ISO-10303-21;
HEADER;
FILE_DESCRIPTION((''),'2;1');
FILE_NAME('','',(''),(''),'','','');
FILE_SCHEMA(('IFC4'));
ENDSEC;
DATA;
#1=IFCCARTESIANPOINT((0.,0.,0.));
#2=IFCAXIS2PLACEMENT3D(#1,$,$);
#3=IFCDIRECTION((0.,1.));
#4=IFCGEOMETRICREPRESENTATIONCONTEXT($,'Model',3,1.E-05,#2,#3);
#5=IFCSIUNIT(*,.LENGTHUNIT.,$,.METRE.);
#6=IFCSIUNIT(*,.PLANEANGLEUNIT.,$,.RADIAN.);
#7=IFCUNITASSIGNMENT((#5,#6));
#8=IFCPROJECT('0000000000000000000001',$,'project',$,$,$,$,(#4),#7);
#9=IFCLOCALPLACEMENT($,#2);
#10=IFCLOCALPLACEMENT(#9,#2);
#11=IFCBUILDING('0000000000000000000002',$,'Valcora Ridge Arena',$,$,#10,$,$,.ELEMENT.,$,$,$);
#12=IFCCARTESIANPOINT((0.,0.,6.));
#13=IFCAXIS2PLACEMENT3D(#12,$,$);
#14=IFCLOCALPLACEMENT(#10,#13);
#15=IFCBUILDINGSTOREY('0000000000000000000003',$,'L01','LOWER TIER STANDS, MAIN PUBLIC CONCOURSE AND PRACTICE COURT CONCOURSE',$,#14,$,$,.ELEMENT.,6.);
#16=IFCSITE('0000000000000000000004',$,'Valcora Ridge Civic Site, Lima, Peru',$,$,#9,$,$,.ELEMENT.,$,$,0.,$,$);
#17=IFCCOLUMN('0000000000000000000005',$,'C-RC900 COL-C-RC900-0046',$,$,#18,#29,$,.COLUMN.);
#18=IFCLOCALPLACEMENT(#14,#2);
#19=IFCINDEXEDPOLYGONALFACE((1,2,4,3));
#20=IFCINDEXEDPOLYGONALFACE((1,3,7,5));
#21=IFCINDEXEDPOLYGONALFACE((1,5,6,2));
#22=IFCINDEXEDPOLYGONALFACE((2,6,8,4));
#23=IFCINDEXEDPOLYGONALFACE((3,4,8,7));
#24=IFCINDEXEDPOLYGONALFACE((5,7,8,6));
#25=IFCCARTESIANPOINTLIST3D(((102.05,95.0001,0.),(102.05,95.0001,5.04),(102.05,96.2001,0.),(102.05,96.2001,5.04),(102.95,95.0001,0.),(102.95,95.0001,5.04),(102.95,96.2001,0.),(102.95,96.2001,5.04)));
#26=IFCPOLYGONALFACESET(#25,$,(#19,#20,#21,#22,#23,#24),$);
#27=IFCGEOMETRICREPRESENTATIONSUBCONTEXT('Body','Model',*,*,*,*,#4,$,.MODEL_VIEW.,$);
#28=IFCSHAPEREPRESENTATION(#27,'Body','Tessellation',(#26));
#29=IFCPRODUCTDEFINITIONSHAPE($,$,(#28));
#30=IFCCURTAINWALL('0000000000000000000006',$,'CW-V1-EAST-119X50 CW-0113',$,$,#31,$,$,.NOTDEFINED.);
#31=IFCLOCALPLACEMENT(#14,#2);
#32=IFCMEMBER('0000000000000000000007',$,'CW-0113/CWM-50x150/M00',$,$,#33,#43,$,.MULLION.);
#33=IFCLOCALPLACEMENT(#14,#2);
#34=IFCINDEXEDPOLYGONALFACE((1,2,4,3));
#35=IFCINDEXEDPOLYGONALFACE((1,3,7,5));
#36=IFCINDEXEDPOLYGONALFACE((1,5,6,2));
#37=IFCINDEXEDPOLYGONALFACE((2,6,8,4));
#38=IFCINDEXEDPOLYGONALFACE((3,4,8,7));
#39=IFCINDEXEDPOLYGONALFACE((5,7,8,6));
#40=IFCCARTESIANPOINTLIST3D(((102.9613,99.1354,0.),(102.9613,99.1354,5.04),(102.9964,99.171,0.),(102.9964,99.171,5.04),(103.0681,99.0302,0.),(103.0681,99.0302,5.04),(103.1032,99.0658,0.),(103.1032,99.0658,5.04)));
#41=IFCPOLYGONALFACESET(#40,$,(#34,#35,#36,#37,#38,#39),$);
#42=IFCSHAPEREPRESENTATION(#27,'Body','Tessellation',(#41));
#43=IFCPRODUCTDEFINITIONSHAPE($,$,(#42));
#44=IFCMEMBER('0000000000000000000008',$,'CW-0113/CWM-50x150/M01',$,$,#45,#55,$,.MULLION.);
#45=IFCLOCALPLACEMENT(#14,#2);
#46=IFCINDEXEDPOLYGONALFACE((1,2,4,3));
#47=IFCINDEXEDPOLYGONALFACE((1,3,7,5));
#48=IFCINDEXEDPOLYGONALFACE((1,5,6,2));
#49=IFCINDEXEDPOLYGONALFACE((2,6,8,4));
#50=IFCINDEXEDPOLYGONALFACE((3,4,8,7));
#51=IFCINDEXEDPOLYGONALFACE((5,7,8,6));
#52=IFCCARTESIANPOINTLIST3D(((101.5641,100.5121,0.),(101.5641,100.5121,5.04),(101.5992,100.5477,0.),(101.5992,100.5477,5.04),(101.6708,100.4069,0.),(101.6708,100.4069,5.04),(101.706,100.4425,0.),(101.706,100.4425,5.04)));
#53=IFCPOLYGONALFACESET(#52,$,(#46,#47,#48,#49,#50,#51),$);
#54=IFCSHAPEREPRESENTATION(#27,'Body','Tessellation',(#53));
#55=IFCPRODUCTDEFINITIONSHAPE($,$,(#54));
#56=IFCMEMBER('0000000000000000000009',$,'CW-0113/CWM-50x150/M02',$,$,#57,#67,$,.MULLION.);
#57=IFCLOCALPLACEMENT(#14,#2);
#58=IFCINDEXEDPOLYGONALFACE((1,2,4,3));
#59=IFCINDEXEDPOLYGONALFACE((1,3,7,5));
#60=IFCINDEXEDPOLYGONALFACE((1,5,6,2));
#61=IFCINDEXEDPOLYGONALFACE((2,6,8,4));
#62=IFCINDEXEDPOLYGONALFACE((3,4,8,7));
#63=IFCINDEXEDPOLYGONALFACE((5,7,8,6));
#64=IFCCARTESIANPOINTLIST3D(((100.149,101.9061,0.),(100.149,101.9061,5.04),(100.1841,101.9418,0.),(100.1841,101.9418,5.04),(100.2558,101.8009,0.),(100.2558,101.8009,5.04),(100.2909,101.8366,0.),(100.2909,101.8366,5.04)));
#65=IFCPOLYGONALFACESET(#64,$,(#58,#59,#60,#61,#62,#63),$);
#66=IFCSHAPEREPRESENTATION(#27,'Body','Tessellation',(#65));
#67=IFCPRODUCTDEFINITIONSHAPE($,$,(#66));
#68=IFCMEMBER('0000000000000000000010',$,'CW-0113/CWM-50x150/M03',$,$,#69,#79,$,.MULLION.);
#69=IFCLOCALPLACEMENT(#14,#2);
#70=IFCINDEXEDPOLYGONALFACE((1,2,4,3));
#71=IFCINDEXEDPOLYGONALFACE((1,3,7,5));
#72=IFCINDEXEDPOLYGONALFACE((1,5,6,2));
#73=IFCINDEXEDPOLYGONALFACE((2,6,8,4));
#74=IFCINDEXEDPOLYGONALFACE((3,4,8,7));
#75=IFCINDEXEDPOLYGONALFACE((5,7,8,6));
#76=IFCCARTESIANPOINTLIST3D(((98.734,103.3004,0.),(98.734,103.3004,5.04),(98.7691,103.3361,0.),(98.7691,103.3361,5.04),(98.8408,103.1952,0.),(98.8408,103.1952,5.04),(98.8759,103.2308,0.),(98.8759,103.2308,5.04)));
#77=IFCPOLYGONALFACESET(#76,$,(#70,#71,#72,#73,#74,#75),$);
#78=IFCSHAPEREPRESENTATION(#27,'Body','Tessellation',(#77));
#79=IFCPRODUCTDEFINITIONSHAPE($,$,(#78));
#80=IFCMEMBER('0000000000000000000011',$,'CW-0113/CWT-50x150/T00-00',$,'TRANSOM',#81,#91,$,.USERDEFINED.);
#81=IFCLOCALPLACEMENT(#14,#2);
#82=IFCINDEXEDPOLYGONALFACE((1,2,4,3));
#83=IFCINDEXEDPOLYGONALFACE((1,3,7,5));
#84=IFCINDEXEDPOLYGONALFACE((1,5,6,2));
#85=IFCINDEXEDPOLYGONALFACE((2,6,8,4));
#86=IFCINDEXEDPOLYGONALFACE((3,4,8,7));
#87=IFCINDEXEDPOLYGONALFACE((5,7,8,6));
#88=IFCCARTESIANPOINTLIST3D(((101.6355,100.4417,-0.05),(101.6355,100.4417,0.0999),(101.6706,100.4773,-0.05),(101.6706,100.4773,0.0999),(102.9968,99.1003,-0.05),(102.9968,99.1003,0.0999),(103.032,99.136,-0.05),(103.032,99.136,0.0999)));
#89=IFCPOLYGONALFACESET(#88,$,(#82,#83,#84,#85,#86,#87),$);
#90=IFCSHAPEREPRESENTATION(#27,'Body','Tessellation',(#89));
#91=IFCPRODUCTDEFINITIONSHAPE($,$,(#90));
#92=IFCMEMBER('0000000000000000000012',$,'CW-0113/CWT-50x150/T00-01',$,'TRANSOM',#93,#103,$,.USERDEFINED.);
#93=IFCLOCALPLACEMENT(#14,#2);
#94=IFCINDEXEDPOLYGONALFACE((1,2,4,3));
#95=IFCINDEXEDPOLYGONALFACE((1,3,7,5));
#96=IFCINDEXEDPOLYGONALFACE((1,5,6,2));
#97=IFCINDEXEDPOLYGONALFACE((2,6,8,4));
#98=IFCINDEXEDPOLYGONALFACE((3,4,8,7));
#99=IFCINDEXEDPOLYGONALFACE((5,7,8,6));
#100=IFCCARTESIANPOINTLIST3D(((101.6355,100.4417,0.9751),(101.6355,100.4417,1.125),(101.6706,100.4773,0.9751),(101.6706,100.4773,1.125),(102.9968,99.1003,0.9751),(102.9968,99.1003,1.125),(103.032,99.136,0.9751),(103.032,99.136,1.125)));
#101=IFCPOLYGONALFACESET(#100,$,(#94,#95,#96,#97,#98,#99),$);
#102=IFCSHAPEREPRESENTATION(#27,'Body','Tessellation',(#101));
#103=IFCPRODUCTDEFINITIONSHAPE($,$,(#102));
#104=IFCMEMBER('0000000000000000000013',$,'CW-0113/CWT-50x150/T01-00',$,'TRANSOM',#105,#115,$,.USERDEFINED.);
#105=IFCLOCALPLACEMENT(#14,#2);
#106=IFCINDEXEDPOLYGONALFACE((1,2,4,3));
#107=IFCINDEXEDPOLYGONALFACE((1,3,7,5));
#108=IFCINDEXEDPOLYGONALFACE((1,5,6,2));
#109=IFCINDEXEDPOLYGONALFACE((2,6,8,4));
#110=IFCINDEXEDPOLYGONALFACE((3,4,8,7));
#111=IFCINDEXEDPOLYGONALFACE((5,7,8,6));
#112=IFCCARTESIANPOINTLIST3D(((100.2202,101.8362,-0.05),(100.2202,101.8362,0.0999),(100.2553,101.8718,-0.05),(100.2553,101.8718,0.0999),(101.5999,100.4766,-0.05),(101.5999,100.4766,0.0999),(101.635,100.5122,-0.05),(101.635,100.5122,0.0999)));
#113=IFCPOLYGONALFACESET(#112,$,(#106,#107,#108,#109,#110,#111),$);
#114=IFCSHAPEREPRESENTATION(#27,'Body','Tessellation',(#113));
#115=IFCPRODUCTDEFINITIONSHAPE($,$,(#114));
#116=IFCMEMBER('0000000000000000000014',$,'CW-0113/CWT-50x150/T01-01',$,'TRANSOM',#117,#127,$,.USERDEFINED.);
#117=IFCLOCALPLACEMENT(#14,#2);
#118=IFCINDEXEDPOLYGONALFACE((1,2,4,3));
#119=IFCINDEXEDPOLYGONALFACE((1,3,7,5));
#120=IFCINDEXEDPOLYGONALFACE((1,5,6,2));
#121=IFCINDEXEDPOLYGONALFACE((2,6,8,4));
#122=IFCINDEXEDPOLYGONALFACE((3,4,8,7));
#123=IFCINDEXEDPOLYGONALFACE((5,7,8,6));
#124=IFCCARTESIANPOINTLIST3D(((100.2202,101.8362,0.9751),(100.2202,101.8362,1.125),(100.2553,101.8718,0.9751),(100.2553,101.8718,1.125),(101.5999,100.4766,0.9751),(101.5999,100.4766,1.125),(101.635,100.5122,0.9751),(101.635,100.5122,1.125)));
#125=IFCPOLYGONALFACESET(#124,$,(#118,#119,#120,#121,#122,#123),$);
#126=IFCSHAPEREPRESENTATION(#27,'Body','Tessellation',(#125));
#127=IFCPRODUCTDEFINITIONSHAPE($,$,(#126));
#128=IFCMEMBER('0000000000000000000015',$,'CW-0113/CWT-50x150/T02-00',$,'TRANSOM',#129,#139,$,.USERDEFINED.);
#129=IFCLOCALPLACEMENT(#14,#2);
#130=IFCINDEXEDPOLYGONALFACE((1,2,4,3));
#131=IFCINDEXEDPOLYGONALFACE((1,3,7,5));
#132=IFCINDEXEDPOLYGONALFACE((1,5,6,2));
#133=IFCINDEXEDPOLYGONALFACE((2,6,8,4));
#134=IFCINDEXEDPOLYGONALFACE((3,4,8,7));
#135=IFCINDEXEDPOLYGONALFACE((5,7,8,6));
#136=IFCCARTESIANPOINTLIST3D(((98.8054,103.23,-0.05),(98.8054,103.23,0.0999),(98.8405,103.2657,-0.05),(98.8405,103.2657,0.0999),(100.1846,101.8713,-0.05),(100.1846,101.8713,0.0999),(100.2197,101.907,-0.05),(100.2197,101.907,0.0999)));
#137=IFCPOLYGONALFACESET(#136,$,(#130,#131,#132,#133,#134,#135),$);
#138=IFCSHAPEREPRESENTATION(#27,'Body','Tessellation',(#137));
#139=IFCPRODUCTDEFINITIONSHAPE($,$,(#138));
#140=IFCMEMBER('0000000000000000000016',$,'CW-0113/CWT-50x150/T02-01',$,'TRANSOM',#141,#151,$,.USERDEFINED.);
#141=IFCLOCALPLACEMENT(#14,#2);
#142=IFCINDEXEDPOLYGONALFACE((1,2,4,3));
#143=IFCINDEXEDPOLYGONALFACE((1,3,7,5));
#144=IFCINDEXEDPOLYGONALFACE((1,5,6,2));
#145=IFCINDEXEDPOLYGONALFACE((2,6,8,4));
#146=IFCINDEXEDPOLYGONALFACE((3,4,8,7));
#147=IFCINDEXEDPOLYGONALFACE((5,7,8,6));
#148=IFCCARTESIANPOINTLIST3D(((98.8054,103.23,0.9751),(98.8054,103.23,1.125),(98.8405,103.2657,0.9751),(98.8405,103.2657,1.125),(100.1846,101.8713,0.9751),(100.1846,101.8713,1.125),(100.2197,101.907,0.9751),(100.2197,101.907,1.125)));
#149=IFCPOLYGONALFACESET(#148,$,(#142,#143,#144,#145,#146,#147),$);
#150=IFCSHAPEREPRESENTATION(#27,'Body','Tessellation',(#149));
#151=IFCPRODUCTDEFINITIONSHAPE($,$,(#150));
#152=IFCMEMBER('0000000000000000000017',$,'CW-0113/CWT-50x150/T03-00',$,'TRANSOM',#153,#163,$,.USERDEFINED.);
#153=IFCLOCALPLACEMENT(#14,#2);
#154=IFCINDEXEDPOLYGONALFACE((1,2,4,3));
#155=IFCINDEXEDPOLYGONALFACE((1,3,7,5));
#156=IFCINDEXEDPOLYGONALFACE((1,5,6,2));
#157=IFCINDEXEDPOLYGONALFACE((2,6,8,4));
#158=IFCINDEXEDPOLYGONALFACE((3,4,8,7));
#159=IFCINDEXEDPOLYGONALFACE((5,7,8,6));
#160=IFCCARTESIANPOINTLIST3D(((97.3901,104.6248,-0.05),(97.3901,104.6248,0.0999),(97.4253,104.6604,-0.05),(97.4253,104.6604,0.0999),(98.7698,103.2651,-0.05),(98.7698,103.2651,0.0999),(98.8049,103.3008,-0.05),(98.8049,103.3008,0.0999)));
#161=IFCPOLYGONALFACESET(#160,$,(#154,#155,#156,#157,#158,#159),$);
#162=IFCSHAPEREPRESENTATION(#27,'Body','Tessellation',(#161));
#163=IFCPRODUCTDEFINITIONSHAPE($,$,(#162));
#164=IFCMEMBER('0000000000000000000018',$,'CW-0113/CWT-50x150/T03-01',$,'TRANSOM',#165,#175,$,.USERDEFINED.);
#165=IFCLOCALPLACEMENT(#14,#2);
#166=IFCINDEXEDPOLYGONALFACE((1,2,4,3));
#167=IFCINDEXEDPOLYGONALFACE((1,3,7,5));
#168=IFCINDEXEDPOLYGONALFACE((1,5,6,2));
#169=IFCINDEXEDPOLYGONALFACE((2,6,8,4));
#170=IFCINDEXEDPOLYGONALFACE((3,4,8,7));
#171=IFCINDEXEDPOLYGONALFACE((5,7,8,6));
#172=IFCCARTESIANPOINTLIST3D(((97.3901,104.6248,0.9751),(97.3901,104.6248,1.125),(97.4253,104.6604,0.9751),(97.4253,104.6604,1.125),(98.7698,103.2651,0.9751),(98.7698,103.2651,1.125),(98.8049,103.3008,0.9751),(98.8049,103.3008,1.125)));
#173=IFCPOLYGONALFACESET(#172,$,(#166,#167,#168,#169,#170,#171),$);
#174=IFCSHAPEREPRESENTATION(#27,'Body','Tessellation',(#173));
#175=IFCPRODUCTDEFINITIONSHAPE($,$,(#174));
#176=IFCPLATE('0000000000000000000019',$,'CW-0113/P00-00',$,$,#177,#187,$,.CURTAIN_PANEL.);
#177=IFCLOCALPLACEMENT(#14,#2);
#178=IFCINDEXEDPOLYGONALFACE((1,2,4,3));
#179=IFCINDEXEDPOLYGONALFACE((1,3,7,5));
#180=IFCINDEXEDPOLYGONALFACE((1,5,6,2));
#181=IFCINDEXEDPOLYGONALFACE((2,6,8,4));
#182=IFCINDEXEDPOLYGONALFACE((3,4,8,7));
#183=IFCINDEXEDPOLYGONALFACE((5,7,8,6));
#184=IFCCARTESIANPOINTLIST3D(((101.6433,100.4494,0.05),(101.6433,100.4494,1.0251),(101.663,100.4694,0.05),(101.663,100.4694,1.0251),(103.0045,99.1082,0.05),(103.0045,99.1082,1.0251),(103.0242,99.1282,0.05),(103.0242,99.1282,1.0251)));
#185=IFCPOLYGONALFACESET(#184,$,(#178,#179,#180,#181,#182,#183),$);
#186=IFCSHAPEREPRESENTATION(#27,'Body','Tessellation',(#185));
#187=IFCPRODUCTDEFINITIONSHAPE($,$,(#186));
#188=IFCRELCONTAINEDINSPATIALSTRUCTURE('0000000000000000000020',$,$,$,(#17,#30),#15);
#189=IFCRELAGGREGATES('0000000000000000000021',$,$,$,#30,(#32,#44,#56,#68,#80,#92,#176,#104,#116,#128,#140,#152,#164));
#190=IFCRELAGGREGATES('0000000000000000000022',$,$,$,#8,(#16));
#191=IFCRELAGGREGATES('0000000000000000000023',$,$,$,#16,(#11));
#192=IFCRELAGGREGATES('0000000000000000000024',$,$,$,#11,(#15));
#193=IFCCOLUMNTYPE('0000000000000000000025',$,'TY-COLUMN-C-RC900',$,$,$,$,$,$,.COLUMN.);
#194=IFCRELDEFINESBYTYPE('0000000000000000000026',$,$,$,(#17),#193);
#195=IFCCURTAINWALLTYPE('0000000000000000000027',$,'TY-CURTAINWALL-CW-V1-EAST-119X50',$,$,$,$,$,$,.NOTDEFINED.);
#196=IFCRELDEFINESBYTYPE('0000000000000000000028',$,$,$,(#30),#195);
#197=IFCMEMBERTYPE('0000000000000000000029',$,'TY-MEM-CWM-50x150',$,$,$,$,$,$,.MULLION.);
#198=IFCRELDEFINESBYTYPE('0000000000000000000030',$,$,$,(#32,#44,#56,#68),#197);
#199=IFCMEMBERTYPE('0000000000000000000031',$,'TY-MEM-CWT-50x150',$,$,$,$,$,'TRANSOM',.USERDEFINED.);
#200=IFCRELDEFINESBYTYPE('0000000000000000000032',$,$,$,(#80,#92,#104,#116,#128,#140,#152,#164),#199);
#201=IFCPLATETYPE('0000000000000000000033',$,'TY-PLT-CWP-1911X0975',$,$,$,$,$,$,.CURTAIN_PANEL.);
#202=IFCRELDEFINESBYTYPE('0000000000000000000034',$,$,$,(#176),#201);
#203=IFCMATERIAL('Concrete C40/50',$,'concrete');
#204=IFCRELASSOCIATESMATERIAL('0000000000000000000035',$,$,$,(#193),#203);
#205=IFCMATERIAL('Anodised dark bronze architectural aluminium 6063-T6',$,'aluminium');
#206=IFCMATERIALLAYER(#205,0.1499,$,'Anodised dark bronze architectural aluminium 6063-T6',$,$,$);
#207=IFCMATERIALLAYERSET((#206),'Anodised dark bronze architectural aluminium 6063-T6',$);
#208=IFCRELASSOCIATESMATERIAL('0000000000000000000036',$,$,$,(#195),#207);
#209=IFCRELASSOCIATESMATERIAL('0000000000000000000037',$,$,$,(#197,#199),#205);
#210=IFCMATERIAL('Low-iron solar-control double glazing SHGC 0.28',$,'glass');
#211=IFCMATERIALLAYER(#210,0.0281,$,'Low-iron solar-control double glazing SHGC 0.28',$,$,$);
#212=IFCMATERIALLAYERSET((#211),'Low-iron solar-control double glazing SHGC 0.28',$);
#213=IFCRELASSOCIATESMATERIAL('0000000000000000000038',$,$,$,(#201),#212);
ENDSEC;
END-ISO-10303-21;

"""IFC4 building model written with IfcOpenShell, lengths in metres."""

from ifc_helpers import new_model, si_unit, direction, frame, origin, origin_2d, place, context, subcontext, project, spatial, rectangle, extrude, material, layer, layer_set, material_profile, profile_set, type_object, element, aggregate, save


model = new_model("IFC4")

# Units and contexts
model_context = context("Model", 3, precision=1e-05, world=origin(), true_north=direction((0.0, 1.0)))
body_context = subcontext(model_context, "Body", "Model", "MODEL_VIEW")
ifc_project = project(units=[si_unit("LENGTHUNIT", "METRE"), si_unit("PLANEANGLEUNIT", "RADIAN")], contexts=[model_context])

# Site, building, storey
site_placement = place(None, origin())
site = spatial("IfcSite", under=ifc_project, at=site_placement, Name="Valcora Ridge Civic Site, Lima, Peru", CompositionType="ELEMENT", RefElevation=0.0)
building_placement = place(site_placement, origin())
building = spatial("IfcBuilding", under=site, at=building_placement, Name="Valcora Ridge Arena", CompositionType="ELEMENT")
storey_placement = place(building_placement, frame((0.0, 0.0, 6.0)))
storey = spatial("IfcBuildingStorey", under=building, at=storey_placement, Name="L01", Description="LOWER TIER STANDS, MAIN PUBLIC CONCOURSE AND PRACTICE COURT CONCOURSE", CompositionType="ELEMENT", Elevation=6.0)

# Column
ifc_material_1 = material(Name="Concrete C40/50", Category="concrete")
ifc_material_profile_1 = material_profile(ifc_material_1, rectangle(XDim=0.8999, YDim=1.2, at=origin_2d()), Name="RC 900x1200")
ifc_profile_set_1 = profile_set([ifc_material_profile_1], Name="Concrete C40/50")
column_type = type_object("IfcColumnType", Name="TY-COLUMN-C-RC900", PredefinedType="COLUMN", material=ifc_profile_set_1)
column_placement = place(storey_placement, frame((102.5, 95.6001, 0.0), z_axis=(0.0, 0.0, 1.0), x_axis=(1.0, 0.0, 0.0)))
element("IfcColumn", 1, at=column_placement, inside=storey, type_object=column_type, Name="C-RC900 COL-C-RC900-0046", PredefinedType="COLUMN", context=body_context, shape_type="SweptSolid", body=[
    extrude(rectangle(XDim=0.8999, YDim=1.2, at=origin_2d()), origin(), (0.0, 0.0, 1.0), 5.04),
])

# Curtain wall, members, plate
ifc_material_2 = material(Name="Anodised dark bronze architectural aluminium 6063-T6", Category="aluminium")
ifc_layer_1 = layer(ifc_material_2, 0.1499, Name="Anodised dark bronze architectural aluminium 6063-T6")
ifc_layer_set_1 = layer_set([ifc_layer_1], Name="Anodised dark bronze architectural aluminium 6063-T6")
curtain_wall_type = type_object("IfcCurtainWallType", Name="TY-CURTAINWALL-CW-V1-EAST-119X50", PredefinedType="NOTDEFINED", material=ifc_layer_set_1)
curtain_wall_placement = place(storey_placement, origin())
curtain_wall = element("IfcCurtainWall", 2, at=curtain_wall_placement, inside=storey, type_object=curtain_wall_type, Name="CW-V1-EAST-119X50 CW-0113", PredefinedType="NOTDEFINED")
ifc_material_profile_2 = material_profile(ifc_material_2, rectangle(XDim=0.05, YDim=0.1499, at=origin_2d()), Name="ALU MULLION 50x150")
ifc_profile_set_2 = profile_set([ifc_material_profile_2], Name="Anodised dark bronze architectural aluminium 6063-T6")
member_type_1 = type_object("IfcMemberType", Name="TY-MEM-CWM-50x150", PredefinedType="MULLION", material=ifc_profile_set_2)
member_1_placement = place(storey_placement, frame((103.0322, 99.1006, 0.0), z_axis=(0.0, 0.0, 1.0), x_axis=(-0.701847, -0.712327, 0.0)))
member_1 = element("IfcMember", 3, at=member_1_placement, type_object=member_type_1, Name="CW-0113/CWM-50x150/M00", PredefinedType="MULLION", context=body_context, shape_type="SweptSolid", body=[
    extrude(rectangle(XDim=0.05, YDim=0.1499, at=origin_2d()), origin(), (0.0, 0.0, 1.0), 5.04),
])
member_2_placement = place(storey_placement, frame((101.635, 100.4773, 0.0), z_axis=(0.0, 0.0, 1.0), x_axis=(-0.701847, -0.712327, 0.0)))
member_2 = element("IfcMember", 4, at=member_2_placement, type_object=member_type_1, Name="CW-0113/CWM-50x150/M01", PredefinedType="MULLION", context=body_context, shape_type="SweptSolid", body=[
    extrude(rectangle(XDim=0.05, YDim=0.1499, at=origin_2d()), origin(), (0.0, 0.0, 1.0), 5.04),
])
member_3_placement = place(storey_placement, frame((100.22, 101.8713, 0.0), z_axis=(0.0, 0.0, 1.0), x_axis=(-0.701847, -0.712327, 0.0)))
member_3 = element("IfcMember", 5, at=member_3_placement, type_object=member_type_1, Name="CW-0113/CWM-50x150/M02", PredefinedType="MULLION", context=body_context, shape_type="SweptSolid", body=[
    extrude(rectangle(XDim=0.05, YDim=0.1499, at=origin_2d()), origin(), (0.0, 0.0, 1.0), 5.04),
])
member_4_placement = place(storey_placement, frame((98.8049, 103.2656, 0.0), z_axis=(0.0, 0.0, 1.0), x_axis=(-0.701847, -0.712327, 0.0)))
member_4 = element("IfcMember", 6, at=member_4_placement, type_object=member_type_1, Name="CW-0113/CWM-50x150/M03", PredefinedType="MULLION", context=body_context, shape_type="SweptSolid", body=[
    extrude(rectangle(XDim=0.05, YDim=0.1499, at=origin_2d()), origin(), (0.0, 0.0, 1.0), 5.04),
])
ifc_material_profile_3 = material_profile(ifc_material_2, rectangle(XDim=0.05, YDim=0.1499, at=origin_2d()), Name="ALU TRANSOM 50x150")
ifc_profile_set_3 = profile_set([ifc_material_profile_3], Name="Anodised dark bronze architectural aluminium 6063-T6")
member_type_2 = type_object("IfcMemberType", Name="TY-MEM-CWT-50x150", ElementType="TRANSOM", PredefinedType="USERDEFINED", material=ifc_profile_set_3)
member_5_placement = place(storey_placement, frame((103.0144, 99.1182, 0.0249), z_axis=(-0.712325, 0.70185, 0.0), x_axis=(-0.70185, -0.712325, 0.0)))
member_5 = element("IfcMember", 7, at=member_5_placement, type_object=member_type_2, Name="CW-0113/CWT-50x150/T00-00", ObjectType="TRANSOM", PredefinedType="USERDEFINED", context=body_context, shape_type="SweptSolid", body=[
    extrude(rectangle(XDim=0.05, YDim=0.1499, at=origin_2d()), origin(), (0.0, 0.0, 1.0), 1.9111),
])
member_6_placement = place(storey_placement, frame((103.0144, 99.1182, 1.05), z_axis=(-0.712325, 0.70185, 0.0), x_axis=(-0.70185, -0.712325, 0.0)))
member_6 = element("IfcMember", 8, at=member_6_placement, type_object=member_type_2, Name="CW-0113/CWT-50x150/T00-01", ObjectType="TRANSOM", PredefinedType="USERDEFINED", context=body_context, shape_type="SweptSolid", body=[
    extrude(rectangle(XDim=0.05, YDim=0.1499, at=origin_2d()), origin(), (0.0, 0.0, 1.0), 1.9111),
])
member_7_placement = place(storey_placement, frame((101.6174, 100.4944, 0.0249), z_axis=(-0.712256, 0.70192, 0.0), x_axis=(-0.70192, -0.712256, 0.0)))
member_7 = element("IfcMember", 9, at=member_7_placement, type_object=member_type_2, Name="CW-0113/CWT-50x150/T01-00", ObjectType="TRANSOM", PredefinedType="USERDEFINED", context=body_context, shape_type="SweptSolid", body=[
    extrude(rectangle(XDim=0.05, YDim=0.1499, at=origin_2d()), origin(), (0.0, 0.0, 1.0), 1.937),
])
member_8_placement = place(storey_placement, frame((101.6174, 100.4944, 1.05), z_axis=(-0.712256, 0.70192, 0.0), x_axis=(-0.70192, -0.712256, 0.0)))
member_8 = element("IfcMember", 10, at=member_8_placement, type_object=member_type_2, Name="CW-0113/CWT-50x150/T01-01", ObjectType="TRANSOM", PredefinedType="USERDEFINED", context=body_context, shape_type="SweptSolid", body=[
    extrude(rectangle(XDim=0.05, YDim=0.1499, at=origin_2d()), origin(), (0.0, 0.0, 1.0), 1.937),
])
member_9_placement = place(storey_placement, frame((100.2021, 101.8892, 0.0249), z_axis=(-0.712383, 0.70179, 0.0), x_axis=(-0.70179, -0.712383, 0.0)))
member_9 = element("IfcMember", 11, at=member_9_placement, type_object=member_type_2, Name="CW-0113/CWT-50x150/T02-00", ObjectType="TRANSOM", PredefinedType="USERDEFINED", context=body_context, shape_type="SweptSolid", body=[
    extrude(rectangle(XDim=0.05, YDim=0.1499, at=origin_2d()), origin(), (0.0, 0.0, 1.0), 1.936),
])
member_10_placement = place(storey_placement, frame((100.2021, 101.8892, 1.05), z_axis=(-0.712383, 0.70179, 0.0), x_axis=(-0.70179, -0.712383, 0.0)))
member_10 = element("IfcMember", 12, at=member_10_placement, type_object=member_type_2, Name="CW-0113/CWT-50x150/T02-01", ObjectType="TRANSOM", PredefinedType="USERDEFINED", context=body_context, shape_type="SweptSolid", body=[
    extrude(rectangle(XDim=0.05, YDim=0.1499, at=origin_2d()), origin(), (0.0, 0.0, 1.0), 1.936),
])
member_11_placement = place(storey_placement, frame((98.7874, 103.283, 0.0249), z_axis=(-0.712256, 0.70192, 0.0), x_axis=(-0.70192, -0.712256, 0.0)))
member_11 = element("IfcMember", 13, at=member_11_placement, type_object=member_type_2, Name="CW-0113/CWT-50x150/T03-00", ObjectType="TRANSOM", PredefinedType="USERDEFINED", context=body_context, shape_type="SweptSolid", body=[
    extrude(rectangle(XDim=0.05, YDim=0.1499, at=origin_2d()), origin(), (0.0, 0.0, 1.0), 1.937),
])
member_12_placement = place(storey_placement, frame((98.7874, 103.283, 1.05), z_axis=(-0.712256, 0.70192, 0.0), x_axis=(-0.70192, -0.712256, 0.0)))
member_12 = element("IfcMember", 14, at=member_12_placement, type_object=member_type_2, Name="CW-0113/CWT-50x150/T03-01", ObjectType="TRANSOM", PredefinedType="USERDEFINED", context=body_context, shape_type="SweptSolid", body=[
    extrude(rectangle(XDim=0.05, YDim=0.1499, at=origin_2d()), origin(), (0.0, 0.0, 1.0), 1.937),
])
ifc_material_3 = material(Name="Low-iron solar-control double glazing SHGC 0.28", Category="glass")
ifc_layer_2 = layer(ifc_material_3, 0.0281, Name="Low-iron solar-control double glazing SHGC 0.28")
ifc_layer_set_2 = layer_set([ifc_layer_2], Name="Low-iron solar-control double glazing SHGC 0.28")
plate_type_1 = type_object("IfcPlateType", Name="TY-PLT-CWP-1911X0975", PredefinedType="CURTAIN_PANEL", material=ifc_layer_set_2)
plate_1_placement = place(storey_placement, frame((102.3337, 99.7888, 0.05), z_axis=(0.0, 0.0, 1.0), x_axis=(-0.712327, 0.701847, 0.0)))
plate_1 = element("IfcPlate", 15, at=plate_1_placement, type_object=plate_type_1, Name="CW-0113/P00-00", PredefinedType="CURTAIN_PANEL", context=body_context, shape_type="SweptSolid", body=[
    extrude(rectangle(XDim=1.9109, YDim=0.0281, at=origin_2d()), origin(), (0.0, 0.0, 1.0), 0.9751),
])
aggregate(curtain_wall, [member_1, member_2, member_3, member_4, member_5, member_6, plate_1, member_7, member_8, member_9, member_10, member_11, member_12])

save(model, "model.ifc")
